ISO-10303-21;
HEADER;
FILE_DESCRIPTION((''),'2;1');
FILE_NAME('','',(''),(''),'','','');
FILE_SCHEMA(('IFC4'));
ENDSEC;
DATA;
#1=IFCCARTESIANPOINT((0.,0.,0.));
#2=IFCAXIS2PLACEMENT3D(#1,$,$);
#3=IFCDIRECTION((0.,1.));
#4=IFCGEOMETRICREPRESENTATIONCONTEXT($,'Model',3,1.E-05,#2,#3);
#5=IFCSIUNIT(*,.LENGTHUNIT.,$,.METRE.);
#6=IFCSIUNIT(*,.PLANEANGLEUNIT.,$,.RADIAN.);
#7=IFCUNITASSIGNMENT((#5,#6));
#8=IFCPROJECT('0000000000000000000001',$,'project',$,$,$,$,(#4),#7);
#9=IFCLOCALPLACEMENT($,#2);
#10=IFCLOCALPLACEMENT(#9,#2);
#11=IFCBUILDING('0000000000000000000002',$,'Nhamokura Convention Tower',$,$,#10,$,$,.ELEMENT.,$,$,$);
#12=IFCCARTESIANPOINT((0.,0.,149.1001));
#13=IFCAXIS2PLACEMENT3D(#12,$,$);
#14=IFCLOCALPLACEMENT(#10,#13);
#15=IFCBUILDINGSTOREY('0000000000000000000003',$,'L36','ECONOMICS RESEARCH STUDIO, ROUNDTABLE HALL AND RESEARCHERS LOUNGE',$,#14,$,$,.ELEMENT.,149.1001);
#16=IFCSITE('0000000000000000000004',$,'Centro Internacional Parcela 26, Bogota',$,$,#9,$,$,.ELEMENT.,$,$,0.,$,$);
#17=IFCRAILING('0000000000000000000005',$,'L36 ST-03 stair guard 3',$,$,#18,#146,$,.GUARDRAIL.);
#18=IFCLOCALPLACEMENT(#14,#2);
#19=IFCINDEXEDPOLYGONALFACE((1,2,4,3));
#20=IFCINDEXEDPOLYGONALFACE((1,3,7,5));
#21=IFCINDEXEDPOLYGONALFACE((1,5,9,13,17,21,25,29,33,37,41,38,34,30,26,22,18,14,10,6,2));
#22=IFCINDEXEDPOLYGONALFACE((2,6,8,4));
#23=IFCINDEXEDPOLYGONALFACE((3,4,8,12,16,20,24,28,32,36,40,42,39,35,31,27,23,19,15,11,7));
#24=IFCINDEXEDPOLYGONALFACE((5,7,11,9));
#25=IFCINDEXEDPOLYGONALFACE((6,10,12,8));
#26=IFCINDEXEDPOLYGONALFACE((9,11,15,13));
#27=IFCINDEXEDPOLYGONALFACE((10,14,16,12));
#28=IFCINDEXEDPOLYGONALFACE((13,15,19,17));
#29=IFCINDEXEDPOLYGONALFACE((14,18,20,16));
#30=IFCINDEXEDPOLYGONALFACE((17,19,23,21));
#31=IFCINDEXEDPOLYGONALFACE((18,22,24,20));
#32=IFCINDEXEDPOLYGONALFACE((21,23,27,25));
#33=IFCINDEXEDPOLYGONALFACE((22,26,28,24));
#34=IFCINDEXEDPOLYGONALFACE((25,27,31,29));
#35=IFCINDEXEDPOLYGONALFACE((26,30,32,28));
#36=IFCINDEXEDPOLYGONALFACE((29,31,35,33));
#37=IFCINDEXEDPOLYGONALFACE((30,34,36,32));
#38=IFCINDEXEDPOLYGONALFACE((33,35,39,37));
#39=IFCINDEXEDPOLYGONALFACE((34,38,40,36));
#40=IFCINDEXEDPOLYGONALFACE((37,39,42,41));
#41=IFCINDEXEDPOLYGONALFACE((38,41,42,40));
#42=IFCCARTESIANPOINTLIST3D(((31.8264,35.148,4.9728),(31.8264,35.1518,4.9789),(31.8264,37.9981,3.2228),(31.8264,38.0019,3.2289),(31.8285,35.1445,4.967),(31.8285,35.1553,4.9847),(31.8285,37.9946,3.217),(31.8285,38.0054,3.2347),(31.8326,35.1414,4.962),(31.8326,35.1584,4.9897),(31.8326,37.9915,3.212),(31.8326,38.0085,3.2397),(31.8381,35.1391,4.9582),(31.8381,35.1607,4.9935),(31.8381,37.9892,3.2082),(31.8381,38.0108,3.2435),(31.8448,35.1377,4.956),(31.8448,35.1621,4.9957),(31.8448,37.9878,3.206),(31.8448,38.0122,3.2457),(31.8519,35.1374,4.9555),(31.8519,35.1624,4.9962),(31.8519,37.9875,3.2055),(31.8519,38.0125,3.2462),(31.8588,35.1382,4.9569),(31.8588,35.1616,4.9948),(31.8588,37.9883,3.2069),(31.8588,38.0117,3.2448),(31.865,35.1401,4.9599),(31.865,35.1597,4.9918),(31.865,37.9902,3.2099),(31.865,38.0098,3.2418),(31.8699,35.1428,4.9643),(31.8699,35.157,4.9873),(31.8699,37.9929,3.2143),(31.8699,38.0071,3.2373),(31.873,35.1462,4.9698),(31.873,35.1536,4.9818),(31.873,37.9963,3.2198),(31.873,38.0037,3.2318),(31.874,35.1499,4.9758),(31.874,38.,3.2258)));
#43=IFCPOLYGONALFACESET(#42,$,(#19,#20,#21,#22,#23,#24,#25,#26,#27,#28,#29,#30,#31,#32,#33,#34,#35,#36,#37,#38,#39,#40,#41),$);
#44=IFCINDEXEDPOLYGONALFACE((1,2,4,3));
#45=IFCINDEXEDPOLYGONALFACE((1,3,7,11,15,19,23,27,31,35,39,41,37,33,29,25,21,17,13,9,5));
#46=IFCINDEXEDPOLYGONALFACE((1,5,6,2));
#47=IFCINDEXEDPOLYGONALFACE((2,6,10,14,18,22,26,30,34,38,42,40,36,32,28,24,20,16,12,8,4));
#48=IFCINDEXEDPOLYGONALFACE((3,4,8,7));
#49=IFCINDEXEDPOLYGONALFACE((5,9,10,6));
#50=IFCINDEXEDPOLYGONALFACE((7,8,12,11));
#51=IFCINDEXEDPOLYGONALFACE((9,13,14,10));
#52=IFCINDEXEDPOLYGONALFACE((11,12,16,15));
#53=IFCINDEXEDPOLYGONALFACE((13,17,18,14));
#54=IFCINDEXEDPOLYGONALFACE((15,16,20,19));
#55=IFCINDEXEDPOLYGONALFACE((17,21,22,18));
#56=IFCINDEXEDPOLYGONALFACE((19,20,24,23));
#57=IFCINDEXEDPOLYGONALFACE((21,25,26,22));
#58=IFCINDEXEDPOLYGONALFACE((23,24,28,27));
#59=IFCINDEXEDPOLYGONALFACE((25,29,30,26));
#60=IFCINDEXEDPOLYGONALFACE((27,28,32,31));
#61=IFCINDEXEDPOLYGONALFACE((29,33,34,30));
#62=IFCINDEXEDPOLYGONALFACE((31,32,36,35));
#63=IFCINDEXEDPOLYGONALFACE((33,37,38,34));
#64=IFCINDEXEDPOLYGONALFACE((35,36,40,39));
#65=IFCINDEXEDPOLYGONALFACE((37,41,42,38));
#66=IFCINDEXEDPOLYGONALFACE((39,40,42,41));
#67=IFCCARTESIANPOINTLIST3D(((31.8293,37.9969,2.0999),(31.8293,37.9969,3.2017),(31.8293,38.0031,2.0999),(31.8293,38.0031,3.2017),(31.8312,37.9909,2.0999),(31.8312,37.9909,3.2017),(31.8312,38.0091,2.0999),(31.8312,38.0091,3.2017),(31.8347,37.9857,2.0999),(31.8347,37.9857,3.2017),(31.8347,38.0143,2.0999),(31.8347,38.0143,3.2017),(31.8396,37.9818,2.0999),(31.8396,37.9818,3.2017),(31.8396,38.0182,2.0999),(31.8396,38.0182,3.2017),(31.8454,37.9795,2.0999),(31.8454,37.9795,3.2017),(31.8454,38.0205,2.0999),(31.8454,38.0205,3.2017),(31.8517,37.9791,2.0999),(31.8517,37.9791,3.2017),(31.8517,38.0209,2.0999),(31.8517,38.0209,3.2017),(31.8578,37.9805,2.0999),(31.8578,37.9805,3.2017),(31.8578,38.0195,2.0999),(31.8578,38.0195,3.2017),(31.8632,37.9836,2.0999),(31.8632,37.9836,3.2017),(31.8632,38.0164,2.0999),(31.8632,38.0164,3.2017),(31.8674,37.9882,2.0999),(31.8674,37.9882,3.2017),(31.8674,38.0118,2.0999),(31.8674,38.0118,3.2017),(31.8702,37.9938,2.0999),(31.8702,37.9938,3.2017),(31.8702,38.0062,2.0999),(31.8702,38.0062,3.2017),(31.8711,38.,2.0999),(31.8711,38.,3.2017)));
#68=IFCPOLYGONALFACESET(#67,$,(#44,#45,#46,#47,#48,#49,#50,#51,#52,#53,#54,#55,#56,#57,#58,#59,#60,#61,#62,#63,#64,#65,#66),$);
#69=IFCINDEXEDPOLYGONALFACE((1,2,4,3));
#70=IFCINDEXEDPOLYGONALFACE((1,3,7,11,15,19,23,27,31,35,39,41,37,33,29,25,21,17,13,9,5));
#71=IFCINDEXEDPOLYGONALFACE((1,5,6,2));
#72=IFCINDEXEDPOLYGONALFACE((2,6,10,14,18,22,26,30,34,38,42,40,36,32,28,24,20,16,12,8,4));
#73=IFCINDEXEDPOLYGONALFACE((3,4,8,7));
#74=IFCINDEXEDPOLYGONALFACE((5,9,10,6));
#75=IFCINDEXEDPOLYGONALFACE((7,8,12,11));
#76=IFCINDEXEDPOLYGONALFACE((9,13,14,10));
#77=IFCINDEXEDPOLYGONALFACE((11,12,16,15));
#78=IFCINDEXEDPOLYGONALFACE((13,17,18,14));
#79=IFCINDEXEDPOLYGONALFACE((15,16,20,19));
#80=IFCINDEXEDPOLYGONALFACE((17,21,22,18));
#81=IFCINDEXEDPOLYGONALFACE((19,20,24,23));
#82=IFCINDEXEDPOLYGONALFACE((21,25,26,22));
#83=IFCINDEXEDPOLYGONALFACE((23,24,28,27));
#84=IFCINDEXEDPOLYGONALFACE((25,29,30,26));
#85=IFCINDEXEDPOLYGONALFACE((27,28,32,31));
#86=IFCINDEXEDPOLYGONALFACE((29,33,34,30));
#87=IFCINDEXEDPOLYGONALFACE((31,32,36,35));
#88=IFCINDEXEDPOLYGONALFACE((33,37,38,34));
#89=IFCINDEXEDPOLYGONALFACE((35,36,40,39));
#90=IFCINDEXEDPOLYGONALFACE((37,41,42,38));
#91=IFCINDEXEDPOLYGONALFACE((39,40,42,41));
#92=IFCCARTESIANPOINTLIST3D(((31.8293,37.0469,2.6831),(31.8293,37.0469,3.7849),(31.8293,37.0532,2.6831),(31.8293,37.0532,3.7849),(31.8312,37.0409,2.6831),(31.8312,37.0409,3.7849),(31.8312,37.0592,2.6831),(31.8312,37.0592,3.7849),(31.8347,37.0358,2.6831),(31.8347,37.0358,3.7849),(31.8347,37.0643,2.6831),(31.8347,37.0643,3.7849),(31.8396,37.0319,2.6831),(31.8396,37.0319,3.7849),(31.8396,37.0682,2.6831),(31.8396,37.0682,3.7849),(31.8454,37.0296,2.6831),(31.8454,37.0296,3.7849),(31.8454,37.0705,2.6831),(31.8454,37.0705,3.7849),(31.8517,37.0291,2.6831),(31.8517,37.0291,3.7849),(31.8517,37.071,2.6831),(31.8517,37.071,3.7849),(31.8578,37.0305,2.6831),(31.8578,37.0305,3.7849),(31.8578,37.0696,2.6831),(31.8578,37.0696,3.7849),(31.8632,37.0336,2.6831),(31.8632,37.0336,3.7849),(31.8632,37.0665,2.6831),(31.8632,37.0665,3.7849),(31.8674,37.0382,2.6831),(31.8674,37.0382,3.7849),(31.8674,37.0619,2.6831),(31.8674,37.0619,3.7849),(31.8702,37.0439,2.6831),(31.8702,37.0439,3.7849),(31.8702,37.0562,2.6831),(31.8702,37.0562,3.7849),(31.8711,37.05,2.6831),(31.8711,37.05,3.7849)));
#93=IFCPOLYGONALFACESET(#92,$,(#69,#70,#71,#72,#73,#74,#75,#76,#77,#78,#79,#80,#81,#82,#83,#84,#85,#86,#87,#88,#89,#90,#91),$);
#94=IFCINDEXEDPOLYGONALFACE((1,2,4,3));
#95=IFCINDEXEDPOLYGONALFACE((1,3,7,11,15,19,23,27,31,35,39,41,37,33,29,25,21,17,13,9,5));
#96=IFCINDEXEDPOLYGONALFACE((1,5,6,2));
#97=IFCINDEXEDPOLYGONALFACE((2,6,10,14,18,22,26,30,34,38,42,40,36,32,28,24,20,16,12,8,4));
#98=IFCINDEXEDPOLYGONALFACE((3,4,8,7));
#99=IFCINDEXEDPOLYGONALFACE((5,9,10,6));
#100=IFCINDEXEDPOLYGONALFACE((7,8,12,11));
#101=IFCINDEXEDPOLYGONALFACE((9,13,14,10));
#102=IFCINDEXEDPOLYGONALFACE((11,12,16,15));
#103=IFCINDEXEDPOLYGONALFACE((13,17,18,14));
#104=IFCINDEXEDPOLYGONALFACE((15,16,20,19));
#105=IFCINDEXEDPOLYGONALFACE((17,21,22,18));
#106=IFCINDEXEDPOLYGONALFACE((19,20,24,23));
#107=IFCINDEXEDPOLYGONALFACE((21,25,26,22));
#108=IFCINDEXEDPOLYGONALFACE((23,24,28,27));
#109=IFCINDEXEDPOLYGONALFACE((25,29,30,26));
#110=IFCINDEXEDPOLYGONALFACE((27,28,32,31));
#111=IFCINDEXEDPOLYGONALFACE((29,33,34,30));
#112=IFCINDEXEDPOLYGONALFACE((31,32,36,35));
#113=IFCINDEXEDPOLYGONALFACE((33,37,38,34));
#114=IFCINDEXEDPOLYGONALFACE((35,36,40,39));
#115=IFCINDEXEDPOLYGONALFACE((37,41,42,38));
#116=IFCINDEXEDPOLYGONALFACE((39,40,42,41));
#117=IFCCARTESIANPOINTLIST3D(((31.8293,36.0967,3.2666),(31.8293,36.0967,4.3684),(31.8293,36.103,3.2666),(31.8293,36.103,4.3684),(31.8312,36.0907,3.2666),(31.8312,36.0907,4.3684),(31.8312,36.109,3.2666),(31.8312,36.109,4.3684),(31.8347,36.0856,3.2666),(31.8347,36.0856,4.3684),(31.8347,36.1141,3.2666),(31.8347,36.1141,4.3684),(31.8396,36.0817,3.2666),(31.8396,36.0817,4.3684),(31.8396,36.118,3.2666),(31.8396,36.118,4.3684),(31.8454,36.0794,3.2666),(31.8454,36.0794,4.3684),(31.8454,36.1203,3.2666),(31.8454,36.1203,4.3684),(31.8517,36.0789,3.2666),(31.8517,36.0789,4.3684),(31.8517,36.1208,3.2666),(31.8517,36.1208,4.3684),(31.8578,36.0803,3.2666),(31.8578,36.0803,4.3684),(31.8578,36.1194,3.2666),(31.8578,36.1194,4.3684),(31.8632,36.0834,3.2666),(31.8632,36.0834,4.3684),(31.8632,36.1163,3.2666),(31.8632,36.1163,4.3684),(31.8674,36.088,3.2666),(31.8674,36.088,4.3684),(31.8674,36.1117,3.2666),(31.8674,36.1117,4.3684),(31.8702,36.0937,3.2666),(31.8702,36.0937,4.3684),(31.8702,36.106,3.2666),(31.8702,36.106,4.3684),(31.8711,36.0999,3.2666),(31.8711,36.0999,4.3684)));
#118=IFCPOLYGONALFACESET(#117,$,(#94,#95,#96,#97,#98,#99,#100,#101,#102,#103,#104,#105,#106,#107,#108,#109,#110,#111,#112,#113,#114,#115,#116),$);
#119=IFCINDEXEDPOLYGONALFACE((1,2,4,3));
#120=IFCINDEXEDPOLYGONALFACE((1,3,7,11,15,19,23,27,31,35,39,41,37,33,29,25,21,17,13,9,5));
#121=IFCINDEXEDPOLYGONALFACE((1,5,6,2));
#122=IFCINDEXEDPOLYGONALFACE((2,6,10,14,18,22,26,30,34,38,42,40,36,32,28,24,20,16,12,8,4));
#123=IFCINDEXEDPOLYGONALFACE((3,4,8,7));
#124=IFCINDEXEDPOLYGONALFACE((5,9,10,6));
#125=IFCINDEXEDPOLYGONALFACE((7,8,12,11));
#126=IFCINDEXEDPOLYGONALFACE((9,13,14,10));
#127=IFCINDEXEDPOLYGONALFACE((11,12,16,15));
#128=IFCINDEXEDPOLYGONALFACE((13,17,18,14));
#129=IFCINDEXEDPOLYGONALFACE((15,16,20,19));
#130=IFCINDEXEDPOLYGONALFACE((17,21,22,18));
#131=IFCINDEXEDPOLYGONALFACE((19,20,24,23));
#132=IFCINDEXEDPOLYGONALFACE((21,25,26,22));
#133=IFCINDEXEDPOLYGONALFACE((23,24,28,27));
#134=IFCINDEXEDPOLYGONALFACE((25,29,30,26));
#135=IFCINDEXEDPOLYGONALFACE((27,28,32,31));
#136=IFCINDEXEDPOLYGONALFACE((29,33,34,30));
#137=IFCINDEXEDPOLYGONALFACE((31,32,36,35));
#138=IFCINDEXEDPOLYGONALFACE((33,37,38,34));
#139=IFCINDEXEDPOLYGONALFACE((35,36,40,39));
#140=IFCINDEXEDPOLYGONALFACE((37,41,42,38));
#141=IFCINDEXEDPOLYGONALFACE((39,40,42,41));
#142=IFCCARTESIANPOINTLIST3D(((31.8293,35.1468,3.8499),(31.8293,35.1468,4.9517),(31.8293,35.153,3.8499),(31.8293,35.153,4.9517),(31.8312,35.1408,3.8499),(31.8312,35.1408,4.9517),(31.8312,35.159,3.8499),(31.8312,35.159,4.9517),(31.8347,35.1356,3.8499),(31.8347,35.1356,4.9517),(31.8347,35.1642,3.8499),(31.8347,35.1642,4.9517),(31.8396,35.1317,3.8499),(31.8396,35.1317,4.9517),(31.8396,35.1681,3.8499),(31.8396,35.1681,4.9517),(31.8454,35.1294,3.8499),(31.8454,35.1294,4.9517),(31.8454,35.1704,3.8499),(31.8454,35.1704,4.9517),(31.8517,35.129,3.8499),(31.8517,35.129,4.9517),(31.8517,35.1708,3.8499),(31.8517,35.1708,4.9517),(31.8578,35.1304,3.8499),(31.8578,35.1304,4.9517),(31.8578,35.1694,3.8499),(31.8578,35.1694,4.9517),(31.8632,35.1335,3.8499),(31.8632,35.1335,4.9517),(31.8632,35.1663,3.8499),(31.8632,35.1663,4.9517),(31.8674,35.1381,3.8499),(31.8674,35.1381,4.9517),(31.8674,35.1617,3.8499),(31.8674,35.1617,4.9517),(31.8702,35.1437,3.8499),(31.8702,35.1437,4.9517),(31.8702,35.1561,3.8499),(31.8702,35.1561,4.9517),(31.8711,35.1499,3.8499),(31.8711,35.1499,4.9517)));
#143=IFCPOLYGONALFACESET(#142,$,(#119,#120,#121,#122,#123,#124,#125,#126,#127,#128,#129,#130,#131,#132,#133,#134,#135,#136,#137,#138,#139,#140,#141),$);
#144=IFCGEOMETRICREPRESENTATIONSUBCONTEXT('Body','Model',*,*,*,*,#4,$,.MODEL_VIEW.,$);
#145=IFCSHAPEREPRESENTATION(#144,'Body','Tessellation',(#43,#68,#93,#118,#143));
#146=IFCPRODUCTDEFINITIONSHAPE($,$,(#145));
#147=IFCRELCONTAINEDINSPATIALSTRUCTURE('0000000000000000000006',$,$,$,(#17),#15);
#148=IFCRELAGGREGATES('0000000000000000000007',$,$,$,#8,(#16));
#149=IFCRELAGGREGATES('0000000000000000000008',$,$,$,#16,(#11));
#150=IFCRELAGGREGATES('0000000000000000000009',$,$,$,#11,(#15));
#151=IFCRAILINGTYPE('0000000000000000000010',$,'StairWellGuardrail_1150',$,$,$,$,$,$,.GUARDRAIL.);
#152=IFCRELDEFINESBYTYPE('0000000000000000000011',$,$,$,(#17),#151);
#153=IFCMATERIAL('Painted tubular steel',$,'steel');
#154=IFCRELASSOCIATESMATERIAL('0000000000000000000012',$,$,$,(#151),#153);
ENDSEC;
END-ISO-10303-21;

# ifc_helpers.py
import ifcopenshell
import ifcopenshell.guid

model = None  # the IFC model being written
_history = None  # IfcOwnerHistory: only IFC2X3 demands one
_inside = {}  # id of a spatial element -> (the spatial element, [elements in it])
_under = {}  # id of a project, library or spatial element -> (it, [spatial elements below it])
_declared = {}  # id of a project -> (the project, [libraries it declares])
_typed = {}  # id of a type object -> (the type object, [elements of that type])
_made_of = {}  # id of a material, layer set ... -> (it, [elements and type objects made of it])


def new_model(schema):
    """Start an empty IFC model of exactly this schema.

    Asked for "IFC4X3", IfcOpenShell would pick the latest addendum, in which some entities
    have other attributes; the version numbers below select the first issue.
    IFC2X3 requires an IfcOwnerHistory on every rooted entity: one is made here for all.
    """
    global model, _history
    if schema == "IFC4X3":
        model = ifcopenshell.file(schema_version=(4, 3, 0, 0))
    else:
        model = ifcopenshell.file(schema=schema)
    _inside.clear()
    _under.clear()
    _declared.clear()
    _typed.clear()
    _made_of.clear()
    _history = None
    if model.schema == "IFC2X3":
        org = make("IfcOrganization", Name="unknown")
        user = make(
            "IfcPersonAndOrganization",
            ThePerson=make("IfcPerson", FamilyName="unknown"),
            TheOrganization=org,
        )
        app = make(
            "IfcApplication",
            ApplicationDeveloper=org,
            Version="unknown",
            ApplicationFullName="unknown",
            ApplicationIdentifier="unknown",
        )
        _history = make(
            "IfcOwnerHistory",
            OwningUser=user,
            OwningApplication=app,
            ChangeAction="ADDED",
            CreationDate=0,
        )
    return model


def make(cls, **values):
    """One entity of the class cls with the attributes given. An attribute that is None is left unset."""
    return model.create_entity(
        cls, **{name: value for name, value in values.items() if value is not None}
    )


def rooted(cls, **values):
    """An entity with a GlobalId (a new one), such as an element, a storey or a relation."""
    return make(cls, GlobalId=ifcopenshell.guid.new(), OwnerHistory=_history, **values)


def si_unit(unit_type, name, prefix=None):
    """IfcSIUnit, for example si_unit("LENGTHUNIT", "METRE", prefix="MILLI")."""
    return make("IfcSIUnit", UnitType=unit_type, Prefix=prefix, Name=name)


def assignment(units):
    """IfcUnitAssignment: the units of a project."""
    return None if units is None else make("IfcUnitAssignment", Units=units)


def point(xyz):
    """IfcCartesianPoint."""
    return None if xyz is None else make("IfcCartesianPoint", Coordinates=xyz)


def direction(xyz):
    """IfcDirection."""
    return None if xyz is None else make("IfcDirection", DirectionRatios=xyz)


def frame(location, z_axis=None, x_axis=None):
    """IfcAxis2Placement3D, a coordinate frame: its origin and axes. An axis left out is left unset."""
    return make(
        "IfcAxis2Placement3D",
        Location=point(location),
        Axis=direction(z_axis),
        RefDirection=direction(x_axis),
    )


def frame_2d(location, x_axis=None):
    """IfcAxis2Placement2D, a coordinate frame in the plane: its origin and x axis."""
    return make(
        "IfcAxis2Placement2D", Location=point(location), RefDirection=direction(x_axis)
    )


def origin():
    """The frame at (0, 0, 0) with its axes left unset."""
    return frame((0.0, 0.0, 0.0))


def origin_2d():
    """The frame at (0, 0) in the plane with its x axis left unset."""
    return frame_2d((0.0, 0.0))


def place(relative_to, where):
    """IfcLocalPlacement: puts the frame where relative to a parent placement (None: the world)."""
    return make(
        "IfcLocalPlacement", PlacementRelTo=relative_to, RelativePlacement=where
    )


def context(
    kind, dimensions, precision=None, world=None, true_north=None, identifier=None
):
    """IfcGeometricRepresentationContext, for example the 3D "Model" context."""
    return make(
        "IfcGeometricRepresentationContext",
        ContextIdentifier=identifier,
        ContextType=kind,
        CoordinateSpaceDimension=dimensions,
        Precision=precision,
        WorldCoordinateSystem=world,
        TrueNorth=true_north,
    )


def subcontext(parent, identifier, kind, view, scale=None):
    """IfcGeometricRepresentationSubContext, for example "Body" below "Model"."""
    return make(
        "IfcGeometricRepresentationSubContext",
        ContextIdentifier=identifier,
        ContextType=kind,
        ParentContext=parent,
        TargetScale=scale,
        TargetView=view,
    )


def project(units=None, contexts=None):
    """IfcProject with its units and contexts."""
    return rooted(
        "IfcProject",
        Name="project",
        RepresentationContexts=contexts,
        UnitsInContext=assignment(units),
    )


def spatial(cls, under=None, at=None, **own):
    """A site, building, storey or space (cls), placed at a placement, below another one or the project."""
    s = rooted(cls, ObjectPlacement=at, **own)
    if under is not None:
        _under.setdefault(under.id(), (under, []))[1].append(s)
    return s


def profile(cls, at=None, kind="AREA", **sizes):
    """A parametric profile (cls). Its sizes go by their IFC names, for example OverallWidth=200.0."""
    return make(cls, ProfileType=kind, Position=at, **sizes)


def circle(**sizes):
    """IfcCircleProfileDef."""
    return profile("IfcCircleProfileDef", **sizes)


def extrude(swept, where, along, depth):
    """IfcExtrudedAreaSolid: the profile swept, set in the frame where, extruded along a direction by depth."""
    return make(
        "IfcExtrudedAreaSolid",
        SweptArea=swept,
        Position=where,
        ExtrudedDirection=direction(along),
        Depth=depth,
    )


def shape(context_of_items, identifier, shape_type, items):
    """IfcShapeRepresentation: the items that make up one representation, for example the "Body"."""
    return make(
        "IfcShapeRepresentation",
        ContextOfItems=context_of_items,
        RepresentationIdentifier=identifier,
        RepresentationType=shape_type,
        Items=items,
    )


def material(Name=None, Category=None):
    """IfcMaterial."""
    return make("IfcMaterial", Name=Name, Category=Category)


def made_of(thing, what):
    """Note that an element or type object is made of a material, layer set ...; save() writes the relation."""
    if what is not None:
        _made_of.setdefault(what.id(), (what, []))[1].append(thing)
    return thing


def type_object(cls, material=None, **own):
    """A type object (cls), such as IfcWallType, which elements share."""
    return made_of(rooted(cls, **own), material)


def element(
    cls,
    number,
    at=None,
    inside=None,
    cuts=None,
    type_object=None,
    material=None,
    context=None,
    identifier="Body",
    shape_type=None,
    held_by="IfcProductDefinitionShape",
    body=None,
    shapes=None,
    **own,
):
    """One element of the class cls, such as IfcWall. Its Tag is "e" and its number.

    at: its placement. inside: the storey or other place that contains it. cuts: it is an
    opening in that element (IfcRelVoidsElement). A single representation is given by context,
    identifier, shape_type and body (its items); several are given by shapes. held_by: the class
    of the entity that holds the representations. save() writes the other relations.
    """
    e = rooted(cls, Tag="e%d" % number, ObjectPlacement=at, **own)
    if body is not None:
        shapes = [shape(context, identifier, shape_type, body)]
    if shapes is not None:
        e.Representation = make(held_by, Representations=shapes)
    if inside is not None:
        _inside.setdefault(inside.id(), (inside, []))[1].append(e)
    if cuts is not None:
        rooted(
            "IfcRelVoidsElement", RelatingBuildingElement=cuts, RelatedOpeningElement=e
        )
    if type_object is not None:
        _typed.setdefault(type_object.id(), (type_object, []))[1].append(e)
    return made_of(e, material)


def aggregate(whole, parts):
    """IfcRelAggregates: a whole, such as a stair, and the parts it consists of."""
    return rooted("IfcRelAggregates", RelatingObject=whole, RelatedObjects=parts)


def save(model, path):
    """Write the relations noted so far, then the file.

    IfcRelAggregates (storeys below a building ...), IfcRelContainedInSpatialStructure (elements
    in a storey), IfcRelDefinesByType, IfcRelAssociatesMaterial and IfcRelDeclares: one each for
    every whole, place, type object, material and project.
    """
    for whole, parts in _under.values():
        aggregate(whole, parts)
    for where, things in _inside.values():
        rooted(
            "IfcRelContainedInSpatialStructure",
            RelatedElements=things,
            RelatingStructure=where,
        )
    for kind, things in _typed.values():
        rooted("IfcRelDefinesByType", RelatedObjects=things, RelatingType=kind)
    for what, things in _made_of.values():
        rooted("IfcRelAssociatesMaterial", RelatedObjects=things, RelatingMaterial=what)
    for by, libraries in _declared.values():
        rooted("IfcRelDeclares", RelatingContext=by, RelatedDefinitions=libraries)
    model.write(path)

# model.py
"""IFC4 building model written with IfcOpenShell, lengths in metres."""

from ifc_helpers import new_model, si_unit, direction, frame, origin, origin_2d, place, context, subcontext, project, spatial, circle, extrude, material, type_object, element, save


model = new_model("IFC4")

# Units and contexts
model_context = context("Model", 3, precision=1e-05, world=origin(), true_north=direction((0.0, 1.0)))
body_context = subcontext(model_context, "Body", "Model", "MODEL_VIEW")
ifc_project = project(units=[si_unit("LENGTHUNIT", "METRE"), si_unit("PLANEANGLEUNIT", "RADIAN")], contexts=[model_context])

# Site, building, storey
site_placement = place(None, origin())
site = spatial("IfcSite", under=ifc_project, at=site_placement, Name="Centro Internacional Parcela 26, Bogota", CompositionType="ELEMENT", RefElevation=0.0)
building_placement = place(site_placement, origin())
building = spatial("IfcBuilding", under=site, at=building_placement, Name="Nhamokura Convention Tower", CompositionType="ELEMENT")
storey_placement = place(building_placement, frame((0.0, 0.0, 149.1001)))
storey = spatial("IfcBuildingStorey", under=building, at=storey_placement, Name="L36", Description="ECONOMICS RESEARCH STUDIO, ROUNDTABLE HALL AND RESEARCHERS LOUNGE", CompositionType="ELEMENT", Elevation=149.1001)

# Railing
ifc_material_1 = material(Name="Painted tubular steel", Category="steel")
railing_type_1 = type_object("IfcRailingType", Name="StairWellGuardrail_1150", PredefinedType="GUARDRAIL", material=ifc_material_1)
railing_1_placement = place(storey_placement, frame((31.8501, 38.0, 2.0999)))
element("IfcRailing", 1, at=railing_1_placement, inside=storey, type_object=railing_type_1, Name="L36 ST-03 stair guard 3", PredefinedType="GUARDRAIL", context=body_context, shape_type="SweptSolid", body=[
    extrude(circle(Radius=0.0239, at=origin_2d()), frame((0.0, 0.0, 1.126), z_axis=(0.0, -0.852179, 0.52325), x_axis=(1.0, 0.0, 0.0)), (0.0, 0.0, 1.0), 3.3445),
    extrude(circle(Radius=0.021, at=origin_2d()), origin(), (0.0, 0.0, 1.0), 1.1018),
    extrude(circle(Radius=0.021, at=origin_2d()), frame((0.0, -0.95, 0.5833)), (0.0, 0.0, 1.0), 1.1018),
    extrude(circle(Radius=0.021, at=origin_2d()), frame((0.0, -1.9001, 1.1667)), (0.0, 0.0, 1.0), 1.1018),
    extrude(circle(Radius=0.021, at=origin_2d()), frame((0.0, -2.8501, 1.75)), (0.0, 0.0, 1.0), 1.1018),
])

save(model, "model.ifc")
